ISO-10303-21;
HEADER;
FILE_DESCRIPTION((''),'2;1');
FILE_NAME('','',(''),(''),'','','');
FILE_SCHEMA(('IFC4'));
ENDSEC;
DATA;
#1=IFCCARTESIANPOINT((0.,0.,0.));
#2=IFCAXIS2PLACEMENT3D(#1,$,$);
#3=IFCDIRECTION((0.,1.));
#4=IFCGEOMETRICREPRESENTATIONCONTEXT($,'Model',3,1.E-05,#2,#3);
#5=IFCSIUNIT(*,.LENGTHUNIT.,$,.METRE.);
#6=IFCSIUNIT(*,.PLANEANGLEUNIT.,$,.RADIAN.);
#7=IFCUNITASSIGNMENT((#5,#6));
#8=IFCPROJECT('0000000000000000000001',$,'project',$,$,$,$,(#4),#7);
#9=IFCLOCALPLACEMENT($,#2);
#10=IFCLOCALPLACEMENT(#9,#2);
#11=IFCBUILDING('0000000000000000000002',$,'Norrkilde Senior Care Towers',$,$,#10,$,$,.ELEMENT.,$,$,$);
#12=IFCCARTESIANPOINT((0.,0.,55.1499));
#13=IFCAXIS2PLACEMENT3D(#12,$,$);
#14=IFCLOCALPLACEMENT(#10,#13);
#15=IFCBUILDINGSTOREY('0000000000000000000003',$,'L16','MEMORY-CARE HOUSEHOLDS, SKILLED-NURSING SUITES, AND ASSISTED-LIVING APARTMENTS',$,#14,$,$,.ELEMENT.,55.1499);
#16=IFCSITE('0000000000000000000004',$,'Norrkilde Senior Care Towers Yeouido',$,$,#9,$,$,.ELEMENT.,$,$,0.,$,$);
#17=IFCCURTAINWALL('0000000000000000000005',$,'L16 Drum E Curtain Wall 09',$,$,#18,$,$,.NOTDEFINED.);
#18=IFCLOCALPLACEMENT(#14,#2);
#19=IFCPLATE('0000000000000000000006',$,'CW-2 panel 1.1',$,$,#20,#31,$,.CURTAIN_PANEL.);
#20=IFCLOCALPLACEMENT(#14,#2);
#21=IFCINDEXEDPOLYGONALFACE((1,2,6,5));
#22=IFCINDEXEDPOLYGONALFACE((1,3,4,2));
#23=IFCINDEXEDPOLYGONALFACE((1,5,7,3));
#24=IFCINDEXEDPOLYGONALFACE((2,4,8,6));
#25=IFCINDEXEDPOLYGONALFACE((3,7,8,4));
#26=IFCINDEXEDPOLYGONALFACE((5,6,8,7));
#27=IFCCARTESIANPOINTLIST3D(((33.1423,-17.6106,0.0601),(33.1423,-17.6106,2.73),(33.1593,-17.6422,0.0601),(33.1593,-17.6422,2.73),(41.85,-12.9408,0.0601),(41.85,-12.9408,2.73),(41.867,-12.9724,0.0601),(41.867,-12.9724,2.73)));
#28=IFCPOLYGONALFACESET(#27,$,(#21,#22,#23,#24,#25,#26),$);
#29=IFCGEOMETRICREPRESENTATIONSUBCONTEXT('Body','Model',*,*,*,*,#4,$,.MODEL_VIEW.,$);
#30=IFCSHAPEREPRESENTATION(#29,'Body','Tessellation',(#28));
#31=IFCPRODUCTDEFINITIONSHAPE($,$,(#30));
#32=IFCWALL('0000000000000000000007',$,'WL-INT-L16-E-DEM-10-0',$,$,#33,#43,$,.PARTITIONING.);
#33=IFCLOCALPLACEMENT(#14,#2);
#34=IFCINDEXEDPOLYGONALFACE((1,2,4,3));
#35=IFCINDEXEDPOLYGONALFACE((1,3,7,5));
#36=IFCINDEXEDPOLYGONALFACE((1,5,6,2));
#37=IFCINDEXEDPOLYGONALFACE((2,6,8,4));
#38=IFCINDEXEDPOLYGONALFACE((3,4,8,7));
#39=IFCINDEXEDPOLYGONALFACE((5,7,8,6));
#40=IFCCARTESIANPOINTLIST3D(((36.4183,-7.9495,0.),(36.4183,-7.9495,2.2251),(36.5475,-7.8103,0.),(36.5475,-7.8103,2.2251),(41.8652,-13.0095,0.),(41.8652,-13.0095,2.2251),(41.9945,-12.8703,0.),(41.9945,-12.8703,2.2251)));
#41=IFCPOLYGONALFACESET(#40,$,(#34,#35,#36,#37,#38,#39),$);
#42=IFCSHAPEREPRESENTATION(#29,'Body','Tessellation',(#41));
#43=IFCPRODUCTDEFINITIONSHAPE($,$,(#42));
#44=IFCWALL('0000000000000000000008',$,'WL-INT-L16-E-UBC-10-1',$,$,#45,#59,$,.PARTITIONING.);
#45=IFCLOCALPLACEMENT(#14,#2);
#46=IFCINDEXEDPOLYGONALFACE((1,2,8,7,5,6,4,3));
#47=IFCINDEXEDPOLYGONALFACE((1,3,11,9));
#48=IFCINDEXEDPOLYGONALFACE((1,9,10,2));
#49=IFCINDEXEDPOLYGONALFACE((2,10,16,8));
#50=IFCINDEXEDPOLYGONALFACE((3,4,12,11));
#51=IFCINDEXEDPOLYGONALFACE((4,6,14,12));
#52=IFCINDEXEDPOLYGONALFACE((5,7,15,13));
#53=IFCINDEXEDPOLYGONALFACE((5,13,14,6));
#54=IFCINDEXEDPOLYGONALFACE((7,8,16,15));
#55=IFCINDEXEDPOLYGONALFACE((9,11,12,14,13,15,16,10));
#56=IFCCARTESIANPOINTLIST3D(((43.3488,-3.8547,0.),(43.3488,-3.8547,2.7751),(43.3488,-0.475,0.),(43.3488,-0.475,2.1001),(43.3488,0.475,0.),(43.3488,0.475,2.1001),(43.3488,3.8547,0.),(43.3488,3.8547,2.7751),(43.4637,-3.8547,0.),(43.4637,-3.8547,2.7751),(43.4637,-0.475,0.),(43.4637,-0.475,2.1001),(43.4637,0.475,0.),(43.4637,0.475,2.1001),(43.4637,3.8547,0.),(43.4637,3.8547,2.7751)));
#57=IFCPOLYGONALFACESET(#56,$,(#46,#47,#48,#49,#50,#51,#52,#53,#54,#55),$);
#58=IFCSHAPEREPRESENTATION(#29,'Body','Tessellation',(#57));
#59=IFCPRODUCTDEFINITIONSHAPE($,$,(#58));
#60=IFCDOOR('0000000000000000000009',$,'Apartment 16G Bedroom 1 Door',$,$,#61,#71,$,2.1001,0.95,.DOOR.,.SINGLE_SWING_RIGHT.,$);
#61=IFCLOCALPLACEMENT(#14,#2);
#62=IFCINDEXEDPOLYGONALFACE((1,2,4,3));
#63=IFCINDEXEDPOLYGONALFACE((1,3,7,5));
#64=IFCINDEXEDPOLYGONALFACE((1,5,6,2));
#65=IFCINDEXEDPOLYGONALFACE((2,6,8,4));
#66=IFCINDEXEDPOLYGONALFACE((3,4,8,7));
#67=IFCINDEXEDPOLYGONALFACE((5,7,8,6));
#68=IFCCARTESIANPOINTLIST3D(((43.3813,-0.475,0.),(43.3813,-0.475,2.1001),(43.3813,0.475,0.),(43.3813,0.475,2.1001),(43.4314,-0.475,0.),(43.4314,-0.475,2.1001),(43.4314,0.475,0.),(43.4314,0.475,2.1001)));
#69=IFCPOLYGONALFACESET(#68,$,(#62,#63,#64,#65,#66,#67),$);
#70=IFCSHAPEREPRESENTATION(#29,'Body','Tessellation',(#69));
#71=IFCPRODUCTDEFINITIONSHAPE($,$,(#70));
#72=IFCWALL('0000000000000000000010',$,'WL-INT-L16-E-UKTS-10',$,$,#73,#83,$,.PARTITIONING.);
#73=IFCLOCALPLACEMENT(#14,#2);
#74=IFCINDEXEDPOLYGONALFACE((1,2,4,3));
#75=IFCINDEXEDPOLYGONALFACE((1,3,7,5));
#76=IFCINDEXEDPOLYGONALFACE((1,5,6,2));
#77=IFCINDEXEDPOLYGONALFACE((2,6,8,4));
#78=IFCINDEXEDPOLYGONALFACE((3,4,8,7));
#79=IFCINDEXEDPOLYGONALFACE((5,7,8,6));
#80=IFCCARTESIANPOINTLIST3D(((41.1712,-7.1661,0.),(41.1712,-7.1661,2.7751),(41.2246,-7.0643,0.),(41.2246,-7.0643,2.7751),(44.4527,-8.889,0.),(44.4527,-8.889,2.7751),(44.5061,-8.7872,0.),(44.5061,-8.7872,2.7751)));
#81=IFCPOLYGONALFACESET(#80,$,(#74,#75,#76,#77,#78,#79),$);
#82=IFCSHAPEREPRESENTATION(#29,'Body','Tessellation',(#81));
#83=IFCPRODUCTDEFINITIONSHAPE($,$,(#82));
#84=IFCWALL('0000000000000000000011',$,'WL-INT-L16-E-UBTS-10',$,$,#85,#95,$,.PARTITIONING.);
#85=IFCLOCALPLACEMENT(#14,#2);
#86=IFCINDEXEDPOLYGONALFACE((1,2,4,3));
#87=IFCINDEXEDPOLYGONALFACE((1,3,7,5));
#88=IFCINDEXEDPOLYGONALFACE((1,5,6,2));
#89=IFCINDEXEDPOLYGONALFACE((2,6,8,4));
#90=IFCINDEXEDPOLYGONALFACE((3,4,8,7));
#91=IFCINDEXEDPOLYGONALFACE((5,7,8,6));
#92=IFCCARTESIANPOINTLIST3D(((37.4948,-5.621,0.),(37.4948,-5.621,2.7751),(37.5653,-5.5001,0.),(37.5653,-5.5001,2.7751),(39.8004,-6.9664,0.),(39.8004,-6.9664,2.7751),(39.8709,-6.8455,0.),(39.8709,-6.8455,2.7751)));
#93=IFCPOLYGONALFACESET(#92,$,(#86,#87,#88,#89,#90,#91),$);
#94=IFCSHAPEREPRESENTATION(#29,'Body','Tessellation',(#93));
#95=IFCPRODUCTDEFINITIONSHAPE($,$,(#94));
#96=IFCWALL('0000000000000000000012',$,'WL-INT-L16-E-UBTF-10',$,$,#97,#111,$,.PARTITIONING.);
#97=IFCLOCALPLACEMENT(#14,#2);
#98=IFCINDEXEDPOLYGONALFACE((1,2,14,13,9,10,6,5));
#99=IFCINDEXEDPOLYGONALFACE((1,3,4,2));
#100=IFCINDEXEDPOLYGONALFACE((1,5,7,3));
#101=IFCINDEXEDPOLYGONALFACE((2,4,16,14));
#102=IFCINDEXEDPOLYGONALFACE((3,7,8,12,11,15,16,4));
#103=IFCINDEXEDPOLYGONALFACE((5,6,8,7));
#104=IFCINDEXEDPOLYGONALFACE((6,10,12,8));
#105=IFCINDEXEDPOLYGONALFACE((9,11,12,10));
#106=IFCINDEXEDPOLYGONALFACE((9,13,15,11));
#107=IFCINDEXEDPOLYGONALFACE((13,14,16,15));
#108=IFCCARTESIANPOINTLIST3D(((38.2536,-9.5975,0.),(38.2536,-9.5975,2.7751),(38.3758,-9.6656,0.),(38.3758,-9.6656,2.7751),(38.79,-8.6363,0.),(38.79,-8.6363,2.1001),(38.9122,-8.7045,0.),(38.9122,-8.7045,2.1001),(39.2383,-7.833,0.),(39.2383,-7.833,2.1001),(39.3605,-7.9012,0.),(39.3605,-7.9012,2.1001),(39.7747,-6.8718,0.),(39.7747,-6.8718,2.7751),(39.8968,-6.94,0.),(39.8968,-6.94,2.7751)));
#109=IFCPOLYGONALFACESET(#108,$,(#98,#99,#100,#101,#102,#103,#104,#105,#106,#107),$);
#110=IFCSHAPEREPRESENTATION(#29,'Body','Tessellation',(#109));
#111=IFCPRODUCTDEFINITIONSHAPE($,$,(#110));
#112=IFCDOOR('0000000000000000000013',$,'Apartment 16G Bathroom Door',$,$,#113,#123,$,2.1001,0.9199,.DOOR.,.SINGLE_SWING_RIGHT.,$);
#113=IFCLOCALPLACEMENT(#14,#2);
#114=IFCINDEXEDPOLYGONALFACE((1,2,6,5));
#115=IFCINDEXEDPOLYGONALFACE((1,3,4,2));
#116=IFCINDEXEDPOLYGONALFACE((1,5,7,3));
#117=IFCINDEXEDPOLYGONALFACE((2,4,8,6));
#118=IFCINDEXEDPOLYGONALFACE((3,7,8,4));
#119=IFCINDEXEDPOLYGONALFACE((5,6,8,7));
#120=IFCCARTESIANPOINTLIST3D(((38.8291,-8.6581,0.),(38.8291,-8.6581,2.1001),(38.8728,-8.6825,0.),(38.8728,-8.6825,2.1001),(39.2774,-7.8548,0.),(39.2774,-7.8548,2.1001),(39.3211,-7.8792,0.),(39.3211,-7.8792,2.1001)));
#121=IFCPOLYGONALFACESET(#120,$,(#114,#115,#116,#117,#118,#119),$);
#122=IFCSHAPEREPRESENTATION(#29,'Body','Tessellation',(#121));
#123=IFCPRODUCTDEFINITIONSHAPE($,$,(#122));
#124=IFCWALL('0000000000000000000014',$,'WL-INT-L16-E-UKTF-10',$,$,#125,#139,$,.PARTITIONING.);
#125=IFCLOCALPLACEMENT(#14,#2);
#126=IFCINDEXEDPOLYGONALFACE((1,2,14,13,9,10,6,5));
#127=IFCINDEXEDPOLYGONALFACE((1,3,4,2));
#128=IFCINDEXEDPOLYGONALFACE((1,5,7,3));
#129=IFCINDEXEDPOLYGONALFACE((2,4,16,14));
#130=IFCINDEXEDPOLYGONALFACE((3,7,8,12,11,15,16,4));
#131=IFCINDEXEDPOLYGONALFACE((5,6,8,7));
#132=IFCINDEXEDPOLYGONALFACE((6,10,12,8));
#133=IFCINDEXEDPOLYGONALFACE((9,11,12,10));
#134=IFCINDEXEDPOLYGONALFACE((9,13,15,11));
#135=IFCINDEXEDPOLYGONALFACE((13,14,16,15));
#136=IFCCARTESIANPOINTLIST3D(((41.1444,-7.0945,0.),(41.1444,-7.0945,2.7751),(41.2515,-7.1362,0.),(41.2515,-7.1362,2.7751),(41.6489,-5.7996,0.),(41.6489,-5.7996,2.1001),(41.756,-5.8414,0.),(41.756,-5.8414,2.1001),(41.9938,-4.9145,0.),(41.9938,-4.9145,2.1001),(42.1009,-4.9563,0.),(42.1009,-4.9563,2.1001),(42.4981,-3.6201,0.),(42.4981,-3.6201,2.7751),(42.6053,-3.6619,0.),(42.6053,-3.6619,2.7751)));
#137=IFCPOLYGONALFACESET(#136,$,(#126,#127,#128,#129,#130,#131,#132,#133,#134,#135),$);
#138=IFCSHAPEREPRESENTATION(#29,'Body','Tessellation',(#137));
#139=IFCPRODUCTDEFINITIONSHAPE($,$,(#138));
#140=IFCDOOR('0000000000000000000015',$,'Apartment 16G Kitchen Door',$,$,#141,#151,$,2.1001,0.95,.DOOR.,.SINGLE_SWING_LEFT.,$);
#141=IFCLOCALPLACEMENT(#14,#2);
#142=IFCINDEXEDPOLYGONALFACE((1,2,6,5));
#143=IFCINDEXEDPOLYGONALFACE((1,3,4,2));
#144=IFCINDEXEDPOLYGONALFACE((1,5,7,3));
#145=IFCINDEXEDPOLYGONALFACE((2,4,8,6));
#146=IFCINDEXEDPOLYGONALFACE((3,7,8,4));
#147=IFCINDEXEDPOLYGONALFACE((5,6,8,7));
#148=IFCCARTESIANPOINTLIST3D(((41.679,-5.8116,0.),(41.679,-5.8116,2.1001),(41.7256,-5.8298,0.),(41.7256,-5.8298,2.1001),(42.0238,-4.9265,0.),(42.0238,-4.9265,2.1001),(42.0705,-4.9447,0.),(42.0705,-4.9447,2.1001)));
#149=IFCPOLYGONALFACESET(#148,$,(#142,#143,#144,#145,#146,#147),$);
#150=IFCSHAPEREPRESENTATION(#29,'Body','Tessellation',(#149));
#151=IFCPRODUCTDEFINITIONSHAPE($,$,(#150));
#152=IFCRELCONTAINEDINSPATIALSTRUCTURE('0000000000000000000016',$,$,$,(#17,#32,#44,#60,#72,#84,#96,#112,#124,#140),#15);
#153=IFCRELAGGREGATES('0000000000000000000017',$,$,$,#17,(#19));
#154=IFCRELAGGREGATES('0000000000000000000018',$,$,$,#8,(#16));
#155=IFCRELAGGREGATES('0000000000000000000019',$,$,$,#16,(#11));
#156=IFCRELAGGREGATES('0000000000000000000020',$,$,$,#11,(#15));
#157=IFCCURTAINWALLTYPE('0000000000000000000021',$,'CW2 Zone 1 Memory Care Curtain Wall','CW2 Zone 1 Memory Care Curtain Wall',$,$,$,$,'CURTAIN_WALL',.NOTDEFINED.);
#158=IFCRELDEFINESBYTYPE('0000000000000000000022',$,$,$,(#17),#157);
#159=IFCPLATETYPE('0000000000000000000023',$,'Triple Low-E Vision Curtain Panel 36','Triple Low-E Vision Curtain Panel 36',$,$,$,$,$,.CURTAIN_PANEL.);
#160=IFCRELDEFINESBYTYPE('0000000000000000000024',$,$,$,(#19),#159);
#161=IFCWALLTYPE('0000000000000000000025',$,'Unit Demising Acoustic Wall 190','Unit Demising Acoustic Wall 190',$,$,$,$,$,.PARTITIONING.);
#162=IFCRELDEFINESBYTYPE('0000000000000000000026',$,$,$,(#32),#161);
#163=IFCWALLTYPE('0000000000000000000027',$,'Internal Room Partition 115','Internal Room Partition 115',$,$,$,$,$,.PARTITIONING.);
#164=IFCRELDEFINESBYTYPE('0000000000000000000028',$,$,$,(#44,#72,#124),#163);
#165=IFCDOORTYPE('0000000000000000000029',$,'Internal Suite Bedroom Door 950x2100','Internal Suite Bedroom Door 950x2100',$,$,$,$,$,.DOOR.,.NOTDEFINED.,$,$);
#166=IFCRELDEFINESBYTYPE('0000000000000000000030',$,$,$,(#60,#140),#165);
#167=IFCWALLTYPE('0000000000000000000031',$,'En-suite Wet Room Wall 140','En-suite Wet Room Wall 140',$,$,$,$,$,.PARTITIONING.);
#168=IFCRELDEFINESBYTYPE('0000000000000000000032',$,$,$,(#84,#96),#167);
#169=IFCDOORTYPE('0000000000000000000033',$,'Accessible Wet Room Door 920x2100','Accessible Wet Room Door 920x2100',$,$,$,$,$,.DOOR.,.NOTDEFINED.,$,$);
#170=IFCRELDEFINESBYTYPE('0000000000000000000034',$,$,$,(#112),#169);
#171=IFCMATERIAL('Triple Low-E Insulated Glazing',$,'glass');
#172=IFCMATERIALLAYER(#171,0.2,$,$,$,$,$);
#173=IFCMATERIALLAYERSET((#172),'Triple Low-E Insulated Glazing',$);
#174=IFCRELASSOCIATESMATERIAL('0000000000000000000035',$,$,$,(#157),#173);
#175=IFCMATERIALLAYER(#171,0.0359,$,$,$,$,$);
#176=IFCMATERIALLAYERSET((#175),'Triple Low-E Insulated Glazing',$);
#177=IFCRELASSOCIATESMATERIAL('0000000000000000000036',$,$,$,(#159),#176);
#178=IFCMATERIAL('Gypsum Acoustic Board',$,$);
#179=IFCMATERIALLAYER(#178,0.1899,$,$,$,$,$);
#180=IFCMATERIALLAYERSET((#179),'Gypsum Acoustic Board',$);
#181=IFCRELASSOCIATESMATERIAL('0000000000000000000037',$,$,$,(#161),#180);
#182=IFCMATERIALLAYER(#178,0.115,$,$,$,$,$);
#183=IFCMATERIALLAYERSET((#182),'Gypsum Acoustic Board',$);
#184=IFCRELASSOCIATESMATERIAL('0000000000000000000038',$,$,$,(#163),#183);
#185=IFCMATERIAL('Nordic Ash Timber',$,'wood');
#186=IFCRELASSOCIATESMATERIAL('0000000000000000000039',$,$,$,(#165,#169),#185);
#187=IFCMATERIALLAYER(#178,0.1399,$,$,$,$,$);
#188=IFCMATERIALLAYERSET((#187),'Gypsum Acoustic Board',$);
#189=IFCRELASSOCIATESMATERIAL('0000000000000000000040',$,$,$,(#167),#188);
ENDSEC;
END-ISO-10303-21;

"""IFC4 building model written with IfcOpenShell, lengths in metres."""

from ifc_helpers import new_model, si_unit, direction, frame, frame_2d, origin, origin_2d, place, context, subcontext, project, spatial, rectangle, extrude, source, transform, mapped, material, layer, layer_set, type_object, type_shapes, element, fill, aggregate, save


model = new_model("IFC4")

# Units and contexts
model_context = context("Model", 3, precision=1e-05, world=origin(), true_north=direction((0.0, 1.0)))
body_context = subcontext(model_context, "Body", "Model", "MODEL_VIEW")
ifc_project = project(units=[si_unit("LENGTHUNIT", "METRE"), si_unit("PLANEANGLEUNIT", "RADIAN")], contexts=[model_context])

# Site, building, storey
site_placement = place(None, origin())
site = spatial("IfcSite", under=ifc_project, at=site_placement, Name="Norrkilde Senior Care Towers Yeouido", CompositionType="ELEMENT", RefElevation=0.0)
building_placement = place(site_placement, origin())
building = spatial("IfcBuilding", under=site, at=building_placement, Name="Norrkilde Senior Care Towers", CompositionType="ELEMENT")
storey_placement = place(building_placement, frame((0.0, 0.0, 55.1499)))
storey = spatial("IfcBuildingStorey", under=building, at=storey_placement, Name="L16", Description="MEMORY-CARE HOUSEHOLDS, SKILLED-NURSING SUITES, AND ASSISTED-LIVING APARTMENTS", CompositionType="ELEMENT", Elevation=55.1499)

# Curtain wall
ifc_material_1 = material(Name="Triple Low-E Insulated Glazing", Category="glass")
ifc_layer_1 = layer(ifc_material_1, 0.2)
ifc_layer_set_1 = layer_set([ifc_layer_1], Name="Triple Low-E Insulated Glazing")
curtain_wall_type = type_object("IfcCurtainWallType", Name="CW2 Zone 1 Memory Care Curtain Wall", Description="CW2 Zone 1 Memory Care Curtain Wall", ElementType="CURTAIN_WALL", PredefinedType="NOTDEFINED", material=ifc_layer_set_1)
curtain_wall_1_placement = place(storey_placement, origin())
curtain_wall_1 = element("IfcCurtainWall", 1, at=curtain_wall_1_placement, inside=storey, type_object=curtain_wall_type, Name="L16 Drum E Curtain Wall 09", PredefinedType="NOTDEFINED")

# Plate
ifc_layer_2 = layer(ifc_material_1, 0.0359)
ifc_layer_set_2 = layer_set([ifc_layer_2], Name="Triple Low-E Insulated Glazing")
plate_type = type_object("IfcPlateType", Name="Triple Low-E Vision Curtain Panel 36", Description="Triple Low-E Vision Curtain Panel 36", PredefinedType="CURTAIN_PANEL", material=ifc_layer_set_2)
shared_shape_1 = source(origin(), body_context, "Body", "SweptSolid", [
    extrude(rectangle(XDim=9.8809, YDim=0.0359, at=origin_2d()), origin(), (0.0, 0.0, 1.0), 2.6699),
])
plate_1_placement = place(storey_placement, frame((37.5046, -15.2915, 0.0601), z_axis=(0.0, 0.0, 1.0), x_axis=(-0.881273, -0.472608, 0.0)))
plate_1 = element("IfcPlate", 2, at=plate_1_placement, type_object=plate_type, Name="CW-2 panel 1.1", PredefinedType="CURTAIN_PANEL", context=body_context, shape_type="MappedRepresentation", body=[
    mapped(shared_shape_1, transform((0.0, 0.0, 0.0), x_axis=(1.0, 0.0, 0.0), y_axis=(0.0, 1.0, 0.0), z_axis=(0.0, 0.0, 1.0), scale=1.0)),
])
aggregate(curtain_wall_1, [plate_1])

# Shared definitions
ifc_material_2 = material(Name="Gypsum Acoustic Board")
ifc_material_3 = material(Name="Nordic Ash Timber", Category="wood")

# Wall
ifc_layer_3 = layer(ifc_material_2, 0.1899)
ifc_layer_set_3 = layer_set([ifc_layer_3], Name="Gypsum Acoustic Board")
wall_type_1 = type_object("IfcWallType", Name="Unit Demising Acoustic Wall 190", Description="Unit Demising Acoustic Wall 190", PredefinedType="PARTITIONING", material=ifc_layer_set_3)
shared_shape_2 = source(origin(), body_context, "Body", "SweptSolid", [
    extrude(rectangle(XDim=7.4346, YDim=0.1899, at=frame_2d((3.7173, 0.0))), origin(), (0.0, 0.0, 1.0), 2.2251),
])
type_shapes(wall_type_1, [shared_shape_2])
wall_1_placement = place(storey_placement, frame((36.4829, -7.8799, 0.0), z_axis=(0.0, 0.0, 1.0), x_axis=(0.732652, -0.680603, 0.0)))
element("IfcWall", 3, at=wall_1_placement, inside=storey, type_object=wall_type_1, Name="WL-INT-L16-E-DEM-10-0", PredefinedType="PARTITIONING", context=body_context, shape_type="MappedRepresentation", body=[
    mapped(shared_shape_2, transform((0.0, 0.0, 0.0), x_axis=(1.0, 0.0, 0.0), y_axis=(0.0, 1.0, 0.0), z_axis=(0.0, 0.0, 1.0), scale=1.0)),
])

# Wall, opening, door
ifc_layer_4 = layer(ifc_material_2, 0.115)
ifc_layer_set_4 = layer_set([ifc_layer_4], Name="Gypsum Acoustic Board")
wall_type_2 = type_object("IfcWallType", Name="Internal Room Partition 115", Description="Internal Room Partition 115", PredefinedType="PARTITIONING", material=ifc_layer_set_4)
shared_shape_3 = source(origin(), body_context, "Body", "SweptSolid", [
    extrude(rectangle(XDim=7.7095, YDim=0.115, at=frame_2d((3.8547, 0.0))), origin(), (0.0, 0.0, 1.0), 2.7751),
])
wall_2_placement = place(storey_placement, frame((43.4062, -3.8547, 0.0), z_axis=(0.0, 0.0, 1.0), x_axis=(0.0, 1.0, 0.0)))
wall_2 = element("IfcWall", 4, at=wall_2_placement, inside=storey, type_object=wall_type_2, Name="WL-INT-L16-E-UBC-10-1", PredefinedType="PARTITIONING", context=body_context, shape_type="MappedRepresentation", body=[
    mapped(shared_shape_3, transform((0.0, 0.0, 0.0), x_axis=(1.0, 0.0, 0.0), y_axis=(0.0, 1.0, 0.0), z_axis=(0.0, 0.0, 1.0), scale=1.0)),
])
opening_1_placement = place(wall_2_placement, frame((3.3796, 0.0, 0.0)))
opening_1 = element("IfcOpeningElement", 5, at=opening_1_placement, cuts=wall_2, PredefinedType="OPENING", context=body_context, shape_type="SweptSolid", body=[
    extrude(rectangle(XDim=0.95, YDim=2.1001, at=frame_2d((0.4751, 1.05))), frame((0.0, 0.0674, 0.0), z_axis=(0.0, -1.0, 0.0), x_axis=(1.0, 0.0, 0.0)), (0.0, 0.0, 1.0), 0.135),
])
door_type_1 = type_object("IfcDoorType", Name="Internal Suite Bedroom Door 950x2100", Description="Internal Suite Bedroom Door 950x2100", OperationType="NOTDEFINED", PredefinedType="DOOR", material=ifc_material_3)
shared_shape_4 = source(origin(), body_context, "Body", "SweptSolid", [
    extrude(rectangle(XDim=0.95, YDim=2.1001, at=frame_2d((0.4751, 1.05))), frame((0.0, 0.0249, 0.0), z_axis=(0.0, -1.0, 0.0), x_axis=(1.0, 0.0, 0.0)), (0.0, 0.0, 1.0), 0.05),
])
type_shapes(door_type_1, [shared_shape_4])
door_1_placement = place(opening_1_placement, origin())
door_1 = element("IfcDoor", 6, at=door_1_placement, inside=storey, type_object=door_type_1, Name="Apartment 16G Bedroom 1 Door", OperationType="SINGLE_SWING_RIGHT", OverallHeight=2.1001, OverallWidth=0.95, PredefinedType="DOOR", context=body_context, shape_type="MappedRepresentation", body=[
    mapped(shared_shape_4, transform((0.0, 0.0, 0.0), x_axis=(1.0, 0.0, 0.0), y_axis=(0.0, 1.0, 0.0), z_axis=(0.0, 0.0, 1.0), scale=1.0)),
])
fill(opening_1, door_1)

# Walls
shared_shape_5 = source(origin(), body_context, "Body", "SweptSolid", [
    extrude(rectangle(XDim=3.7063, YDim=0.115, at=frame_2d((1.853, 0.0))), origin(), (0.0, 0.0, 1.0), 2.7751),
])
wall_3_placement = place(storey_placement, frame((41.198, -7.1152, 0.0), z_axis=(0.0, 0.0, 1.0), x_axis=(0.885385, -0.464858, 0.0)))
element("IfcWall", 7, at=wall_3_placement, inside=storey, type_object=wall_type_2, Name="WL-INT-L16-E-UKTS-10", PredefinedType="PARTITIONING", context=body_context, shape_type="MappedRepresentation", body=[
    mapped(shared_shape_5, transform((0.0, 0.0, 0.0), x_axis=(1.0, 0.0, 0.0), y_axis=(0.0, 1.0, 0.0), z_axis=(0.0, 0.0, 1.0), scale=1.0)),
])
ifc_layer_5 = layer(ifc_material_2, 0.1399)
ifc_layer_set_5 = layer_set([ifc_layer_5], Name="Gypsum Acoustic Board")
wall_type_3 = type_object("IfcWallType", Name="En-suite Wet Room Wall 140", Description="En-suite Wet Room Wall 140", PredefinedType="PARTITIONING", material=ifc_layer_set_5)
shared_shape_6 = source(origin(), body_context, "Body", "SweptSolid", [
    extrude(rectangle(XDim=2.6694, YDim=0.1399, at=frame_2d((1.3347, 0.0))), origin(), (0.0, 0.0, 1.0), 2.7751),
])
wall_4_placement = place(storey_placement, frame((37.53, -5.5605, 0.0), z_axis=(0.0, 0.0, 1.0), x_axis=(0.863699, -0.504007, 0.0)))
element("IfcWall", 8, at=wall_4_placement, inside=storey, type_object=wall_type_3, Name="WL-INT-L16-E-UBTS-10", PredefinedType="PARTITIONING", context=body_context, shape_type="MappedRepresentation", body=[
    mapped(shared_shape_6, transform((0.0, 0.0, 0.0), x_axis=(1.0, 0.0, 0.0), y_axis=(0.0, 1.0, 0.0), z_axis=(0.0, 0.0, 1.0), scale=1.0)),
])

# Walls, openings, doors
shared_shape_7 = source(origin(), body_context, "Body", "SweptSolid", [
    extrude(rectangle(XDim=3.1213, YDim=0.1399, at=frame_2d((1.5605, 0.0))), origin(), (0.0, 0.0, 1.0), 2.7751),
])
type_shapes(wall_type_3, [shared_shape_6, shared_shape_7])
wall_5_placement = place(storey_placement, frame((39.8357, -6.906, 0.0), z_axis=(0.0, 0.0, 1.0), x_axis=(-0.487302, -0.873233, 0.0)))
wall_5 = element("IfcWall", 9, at=wall_5_placement, inside=storey, type_object=wall_type_3, Name="WL-INT-L16-E-UBTF-10", PredefinedType="PARTITIONING", context=body_context, shape_type="MappedRepresentation", body=[
    mapped(shared_shape_7, transform((0.0, 0.0, 0.0), x_axis=(1.0, 0.0, 0.0), y_axis=(0.0, 1.0, 0.0), z_axis=(0.0, 0.0, 1.0), scale=1.0)),
])
opening_2_placement = place(wall_5_placement, frame((1.1006, 0.0, 0.0)))
opening_2 = element("IfcOpeningElement", 10, at=opening_2_placement, cuts=wall_5, PredefinedType="OPENING", context=body_context, shape_type="SweptSolid", body=[
    extrude(rectangle(XDim=0.9199, YDim=2.1001, at=frame_2d((0.46, 1.05))), frame((0.0, 0.0798, 0.0), z_axis=(0.0, -1.0, 0.0), x_axis=(1.0, 0.0, 0.0)), (0.0, 0.0, 1.0), 0.1599),
])
door_type_2 = type_object("IfcDoorType", Name="Accessible Wet Room Door 920x2100", Description="Accessible Wet Room Door 920x2100", OperationType="NOTDEFINED", PredefinedType="DOOR", material=ifc_material_3)
shared_shape_8 = source(origin(), body_context, "Body", "SweptSolid", [
    extrude(rectangle(XDim=0.9199, YDim=2.1001, at=frame_2d((0.46, 1.05))), frame((0.0, 0.0249, 0.0), z_axis=(0.0, -1.0, 0.0), x_axis=(1.0, 0.0, 0.0)), (0.0, 0.0, 1.0), 0.05),
])
type_shapes(door_type_2, [shared_shape_8])
door_2_placement = place(opening_2_placement, origin())
door_2 = element("IfcDoor", 11, at=door_2_placement, inside=storey, type_object=door_type_2, Name="Apartment 16G Bathroom Door", OperationType="SINGLE_SWING_RIGHT", OverallHeight=2.1001, OverallWidth=0.9199, PredefinedType="DOOR", context=body_context, shape_type="MappedRepresentation", body=[
    mapped(shared_shape_8, transform((0.0, 0.0, 0.0), x_axis=(1.0, 0.0, 0.0), y_axis=(0.0, 1.0, 0.0), z_axis=(0.0, 0.0, 1.0), scale=1.0)),
])
fill(opening_2, door_2)
shared_shape_9 = source(origin(), body_context, "Body", "SweptSolid", [
    extrude(rectangle(XDim=3.7288, YDim=0.115, at=frame_2d((1.8643, 0.0))), origin(), (0.0, 0.0, 1.0), 2.7751),
])
type_shapes(wall_type_2, [shared_shape_3, shared_shape_5, shared_shape_9])
wall_6_placement = place(storey_placement, frame((41.198, -7.1152, 0.0), z_axis=(0.0, 0.0, 1.0), x_axis=(0.363056, 0.931767, 0.0)))
wall_6 = element("IfcWall", 12, at=wall_6_placement, inside=storey, type_object=wall_type_2, Name="WL-INT-L16-E-UKTF-10", PredefinedType="PARTITIONING", context=body_context, shape_type="MappedRepresentation", body=[
    mapped(shared_shape_9, transform((0.0, 0.0, 0.0), x_axis=(1.0, 0.0, 0.0), y_axis=(0.0, 1.0, 0.0), z_axis=(0.0, 0.0, 1.0), scale=1.0)),
])
opening_3_placement = place(wall_6_placement, frame((1.3894, 0.0, 0.0)))
opening_3 = element("IfcOpeningElement", 13, at=opening_3_placement, cuts=wall_6, PredefinedType="OPENING", context=body_context, shape_type="SweptSolid", body=[
    extrude(rectangle(XDim=0.95, YDim=2.1001, at=frame_2d((0.4751, 1.05))), frame((0.0, 0.0674, 0.0), z_axis=(0.0, -1.0, 0.0), x_axis=(1.0, 0.0, 0.0)), (0.0, 0.0, 1.0), 0.135),
])
door_3_placement = place(opening_3_placement, frame((0.95, 0.0, 0.0), z_axis=(0.0, 0.0, 1.0), x_axis=(-1.0, 0.0, 0.0)))
door_3 = element("IfcDoor", 14, at=door_3_placement, inside=storey, type_object=door_type_1, Name="Apartment 16G Kitchen Door", OperationType="SINGLE_SWING_LEFT", OverallHeight=2.1001, OverallWidth=0.95, PredefinedType="DOOR", context=body_context, shape_type="MappedRepresentation", body=[
    mapped(shared_shape_4, transform((0.0, 0.0, 0.0), x_axis=(1.0, 0.0, 0.0), y_axis=(0.0, 1.0, 0.0), z_axis=(0.0, 0.0, 1.0), scale=1.0)),
])
fill(opening_3, door_3)

save(model, "model.ifc")
